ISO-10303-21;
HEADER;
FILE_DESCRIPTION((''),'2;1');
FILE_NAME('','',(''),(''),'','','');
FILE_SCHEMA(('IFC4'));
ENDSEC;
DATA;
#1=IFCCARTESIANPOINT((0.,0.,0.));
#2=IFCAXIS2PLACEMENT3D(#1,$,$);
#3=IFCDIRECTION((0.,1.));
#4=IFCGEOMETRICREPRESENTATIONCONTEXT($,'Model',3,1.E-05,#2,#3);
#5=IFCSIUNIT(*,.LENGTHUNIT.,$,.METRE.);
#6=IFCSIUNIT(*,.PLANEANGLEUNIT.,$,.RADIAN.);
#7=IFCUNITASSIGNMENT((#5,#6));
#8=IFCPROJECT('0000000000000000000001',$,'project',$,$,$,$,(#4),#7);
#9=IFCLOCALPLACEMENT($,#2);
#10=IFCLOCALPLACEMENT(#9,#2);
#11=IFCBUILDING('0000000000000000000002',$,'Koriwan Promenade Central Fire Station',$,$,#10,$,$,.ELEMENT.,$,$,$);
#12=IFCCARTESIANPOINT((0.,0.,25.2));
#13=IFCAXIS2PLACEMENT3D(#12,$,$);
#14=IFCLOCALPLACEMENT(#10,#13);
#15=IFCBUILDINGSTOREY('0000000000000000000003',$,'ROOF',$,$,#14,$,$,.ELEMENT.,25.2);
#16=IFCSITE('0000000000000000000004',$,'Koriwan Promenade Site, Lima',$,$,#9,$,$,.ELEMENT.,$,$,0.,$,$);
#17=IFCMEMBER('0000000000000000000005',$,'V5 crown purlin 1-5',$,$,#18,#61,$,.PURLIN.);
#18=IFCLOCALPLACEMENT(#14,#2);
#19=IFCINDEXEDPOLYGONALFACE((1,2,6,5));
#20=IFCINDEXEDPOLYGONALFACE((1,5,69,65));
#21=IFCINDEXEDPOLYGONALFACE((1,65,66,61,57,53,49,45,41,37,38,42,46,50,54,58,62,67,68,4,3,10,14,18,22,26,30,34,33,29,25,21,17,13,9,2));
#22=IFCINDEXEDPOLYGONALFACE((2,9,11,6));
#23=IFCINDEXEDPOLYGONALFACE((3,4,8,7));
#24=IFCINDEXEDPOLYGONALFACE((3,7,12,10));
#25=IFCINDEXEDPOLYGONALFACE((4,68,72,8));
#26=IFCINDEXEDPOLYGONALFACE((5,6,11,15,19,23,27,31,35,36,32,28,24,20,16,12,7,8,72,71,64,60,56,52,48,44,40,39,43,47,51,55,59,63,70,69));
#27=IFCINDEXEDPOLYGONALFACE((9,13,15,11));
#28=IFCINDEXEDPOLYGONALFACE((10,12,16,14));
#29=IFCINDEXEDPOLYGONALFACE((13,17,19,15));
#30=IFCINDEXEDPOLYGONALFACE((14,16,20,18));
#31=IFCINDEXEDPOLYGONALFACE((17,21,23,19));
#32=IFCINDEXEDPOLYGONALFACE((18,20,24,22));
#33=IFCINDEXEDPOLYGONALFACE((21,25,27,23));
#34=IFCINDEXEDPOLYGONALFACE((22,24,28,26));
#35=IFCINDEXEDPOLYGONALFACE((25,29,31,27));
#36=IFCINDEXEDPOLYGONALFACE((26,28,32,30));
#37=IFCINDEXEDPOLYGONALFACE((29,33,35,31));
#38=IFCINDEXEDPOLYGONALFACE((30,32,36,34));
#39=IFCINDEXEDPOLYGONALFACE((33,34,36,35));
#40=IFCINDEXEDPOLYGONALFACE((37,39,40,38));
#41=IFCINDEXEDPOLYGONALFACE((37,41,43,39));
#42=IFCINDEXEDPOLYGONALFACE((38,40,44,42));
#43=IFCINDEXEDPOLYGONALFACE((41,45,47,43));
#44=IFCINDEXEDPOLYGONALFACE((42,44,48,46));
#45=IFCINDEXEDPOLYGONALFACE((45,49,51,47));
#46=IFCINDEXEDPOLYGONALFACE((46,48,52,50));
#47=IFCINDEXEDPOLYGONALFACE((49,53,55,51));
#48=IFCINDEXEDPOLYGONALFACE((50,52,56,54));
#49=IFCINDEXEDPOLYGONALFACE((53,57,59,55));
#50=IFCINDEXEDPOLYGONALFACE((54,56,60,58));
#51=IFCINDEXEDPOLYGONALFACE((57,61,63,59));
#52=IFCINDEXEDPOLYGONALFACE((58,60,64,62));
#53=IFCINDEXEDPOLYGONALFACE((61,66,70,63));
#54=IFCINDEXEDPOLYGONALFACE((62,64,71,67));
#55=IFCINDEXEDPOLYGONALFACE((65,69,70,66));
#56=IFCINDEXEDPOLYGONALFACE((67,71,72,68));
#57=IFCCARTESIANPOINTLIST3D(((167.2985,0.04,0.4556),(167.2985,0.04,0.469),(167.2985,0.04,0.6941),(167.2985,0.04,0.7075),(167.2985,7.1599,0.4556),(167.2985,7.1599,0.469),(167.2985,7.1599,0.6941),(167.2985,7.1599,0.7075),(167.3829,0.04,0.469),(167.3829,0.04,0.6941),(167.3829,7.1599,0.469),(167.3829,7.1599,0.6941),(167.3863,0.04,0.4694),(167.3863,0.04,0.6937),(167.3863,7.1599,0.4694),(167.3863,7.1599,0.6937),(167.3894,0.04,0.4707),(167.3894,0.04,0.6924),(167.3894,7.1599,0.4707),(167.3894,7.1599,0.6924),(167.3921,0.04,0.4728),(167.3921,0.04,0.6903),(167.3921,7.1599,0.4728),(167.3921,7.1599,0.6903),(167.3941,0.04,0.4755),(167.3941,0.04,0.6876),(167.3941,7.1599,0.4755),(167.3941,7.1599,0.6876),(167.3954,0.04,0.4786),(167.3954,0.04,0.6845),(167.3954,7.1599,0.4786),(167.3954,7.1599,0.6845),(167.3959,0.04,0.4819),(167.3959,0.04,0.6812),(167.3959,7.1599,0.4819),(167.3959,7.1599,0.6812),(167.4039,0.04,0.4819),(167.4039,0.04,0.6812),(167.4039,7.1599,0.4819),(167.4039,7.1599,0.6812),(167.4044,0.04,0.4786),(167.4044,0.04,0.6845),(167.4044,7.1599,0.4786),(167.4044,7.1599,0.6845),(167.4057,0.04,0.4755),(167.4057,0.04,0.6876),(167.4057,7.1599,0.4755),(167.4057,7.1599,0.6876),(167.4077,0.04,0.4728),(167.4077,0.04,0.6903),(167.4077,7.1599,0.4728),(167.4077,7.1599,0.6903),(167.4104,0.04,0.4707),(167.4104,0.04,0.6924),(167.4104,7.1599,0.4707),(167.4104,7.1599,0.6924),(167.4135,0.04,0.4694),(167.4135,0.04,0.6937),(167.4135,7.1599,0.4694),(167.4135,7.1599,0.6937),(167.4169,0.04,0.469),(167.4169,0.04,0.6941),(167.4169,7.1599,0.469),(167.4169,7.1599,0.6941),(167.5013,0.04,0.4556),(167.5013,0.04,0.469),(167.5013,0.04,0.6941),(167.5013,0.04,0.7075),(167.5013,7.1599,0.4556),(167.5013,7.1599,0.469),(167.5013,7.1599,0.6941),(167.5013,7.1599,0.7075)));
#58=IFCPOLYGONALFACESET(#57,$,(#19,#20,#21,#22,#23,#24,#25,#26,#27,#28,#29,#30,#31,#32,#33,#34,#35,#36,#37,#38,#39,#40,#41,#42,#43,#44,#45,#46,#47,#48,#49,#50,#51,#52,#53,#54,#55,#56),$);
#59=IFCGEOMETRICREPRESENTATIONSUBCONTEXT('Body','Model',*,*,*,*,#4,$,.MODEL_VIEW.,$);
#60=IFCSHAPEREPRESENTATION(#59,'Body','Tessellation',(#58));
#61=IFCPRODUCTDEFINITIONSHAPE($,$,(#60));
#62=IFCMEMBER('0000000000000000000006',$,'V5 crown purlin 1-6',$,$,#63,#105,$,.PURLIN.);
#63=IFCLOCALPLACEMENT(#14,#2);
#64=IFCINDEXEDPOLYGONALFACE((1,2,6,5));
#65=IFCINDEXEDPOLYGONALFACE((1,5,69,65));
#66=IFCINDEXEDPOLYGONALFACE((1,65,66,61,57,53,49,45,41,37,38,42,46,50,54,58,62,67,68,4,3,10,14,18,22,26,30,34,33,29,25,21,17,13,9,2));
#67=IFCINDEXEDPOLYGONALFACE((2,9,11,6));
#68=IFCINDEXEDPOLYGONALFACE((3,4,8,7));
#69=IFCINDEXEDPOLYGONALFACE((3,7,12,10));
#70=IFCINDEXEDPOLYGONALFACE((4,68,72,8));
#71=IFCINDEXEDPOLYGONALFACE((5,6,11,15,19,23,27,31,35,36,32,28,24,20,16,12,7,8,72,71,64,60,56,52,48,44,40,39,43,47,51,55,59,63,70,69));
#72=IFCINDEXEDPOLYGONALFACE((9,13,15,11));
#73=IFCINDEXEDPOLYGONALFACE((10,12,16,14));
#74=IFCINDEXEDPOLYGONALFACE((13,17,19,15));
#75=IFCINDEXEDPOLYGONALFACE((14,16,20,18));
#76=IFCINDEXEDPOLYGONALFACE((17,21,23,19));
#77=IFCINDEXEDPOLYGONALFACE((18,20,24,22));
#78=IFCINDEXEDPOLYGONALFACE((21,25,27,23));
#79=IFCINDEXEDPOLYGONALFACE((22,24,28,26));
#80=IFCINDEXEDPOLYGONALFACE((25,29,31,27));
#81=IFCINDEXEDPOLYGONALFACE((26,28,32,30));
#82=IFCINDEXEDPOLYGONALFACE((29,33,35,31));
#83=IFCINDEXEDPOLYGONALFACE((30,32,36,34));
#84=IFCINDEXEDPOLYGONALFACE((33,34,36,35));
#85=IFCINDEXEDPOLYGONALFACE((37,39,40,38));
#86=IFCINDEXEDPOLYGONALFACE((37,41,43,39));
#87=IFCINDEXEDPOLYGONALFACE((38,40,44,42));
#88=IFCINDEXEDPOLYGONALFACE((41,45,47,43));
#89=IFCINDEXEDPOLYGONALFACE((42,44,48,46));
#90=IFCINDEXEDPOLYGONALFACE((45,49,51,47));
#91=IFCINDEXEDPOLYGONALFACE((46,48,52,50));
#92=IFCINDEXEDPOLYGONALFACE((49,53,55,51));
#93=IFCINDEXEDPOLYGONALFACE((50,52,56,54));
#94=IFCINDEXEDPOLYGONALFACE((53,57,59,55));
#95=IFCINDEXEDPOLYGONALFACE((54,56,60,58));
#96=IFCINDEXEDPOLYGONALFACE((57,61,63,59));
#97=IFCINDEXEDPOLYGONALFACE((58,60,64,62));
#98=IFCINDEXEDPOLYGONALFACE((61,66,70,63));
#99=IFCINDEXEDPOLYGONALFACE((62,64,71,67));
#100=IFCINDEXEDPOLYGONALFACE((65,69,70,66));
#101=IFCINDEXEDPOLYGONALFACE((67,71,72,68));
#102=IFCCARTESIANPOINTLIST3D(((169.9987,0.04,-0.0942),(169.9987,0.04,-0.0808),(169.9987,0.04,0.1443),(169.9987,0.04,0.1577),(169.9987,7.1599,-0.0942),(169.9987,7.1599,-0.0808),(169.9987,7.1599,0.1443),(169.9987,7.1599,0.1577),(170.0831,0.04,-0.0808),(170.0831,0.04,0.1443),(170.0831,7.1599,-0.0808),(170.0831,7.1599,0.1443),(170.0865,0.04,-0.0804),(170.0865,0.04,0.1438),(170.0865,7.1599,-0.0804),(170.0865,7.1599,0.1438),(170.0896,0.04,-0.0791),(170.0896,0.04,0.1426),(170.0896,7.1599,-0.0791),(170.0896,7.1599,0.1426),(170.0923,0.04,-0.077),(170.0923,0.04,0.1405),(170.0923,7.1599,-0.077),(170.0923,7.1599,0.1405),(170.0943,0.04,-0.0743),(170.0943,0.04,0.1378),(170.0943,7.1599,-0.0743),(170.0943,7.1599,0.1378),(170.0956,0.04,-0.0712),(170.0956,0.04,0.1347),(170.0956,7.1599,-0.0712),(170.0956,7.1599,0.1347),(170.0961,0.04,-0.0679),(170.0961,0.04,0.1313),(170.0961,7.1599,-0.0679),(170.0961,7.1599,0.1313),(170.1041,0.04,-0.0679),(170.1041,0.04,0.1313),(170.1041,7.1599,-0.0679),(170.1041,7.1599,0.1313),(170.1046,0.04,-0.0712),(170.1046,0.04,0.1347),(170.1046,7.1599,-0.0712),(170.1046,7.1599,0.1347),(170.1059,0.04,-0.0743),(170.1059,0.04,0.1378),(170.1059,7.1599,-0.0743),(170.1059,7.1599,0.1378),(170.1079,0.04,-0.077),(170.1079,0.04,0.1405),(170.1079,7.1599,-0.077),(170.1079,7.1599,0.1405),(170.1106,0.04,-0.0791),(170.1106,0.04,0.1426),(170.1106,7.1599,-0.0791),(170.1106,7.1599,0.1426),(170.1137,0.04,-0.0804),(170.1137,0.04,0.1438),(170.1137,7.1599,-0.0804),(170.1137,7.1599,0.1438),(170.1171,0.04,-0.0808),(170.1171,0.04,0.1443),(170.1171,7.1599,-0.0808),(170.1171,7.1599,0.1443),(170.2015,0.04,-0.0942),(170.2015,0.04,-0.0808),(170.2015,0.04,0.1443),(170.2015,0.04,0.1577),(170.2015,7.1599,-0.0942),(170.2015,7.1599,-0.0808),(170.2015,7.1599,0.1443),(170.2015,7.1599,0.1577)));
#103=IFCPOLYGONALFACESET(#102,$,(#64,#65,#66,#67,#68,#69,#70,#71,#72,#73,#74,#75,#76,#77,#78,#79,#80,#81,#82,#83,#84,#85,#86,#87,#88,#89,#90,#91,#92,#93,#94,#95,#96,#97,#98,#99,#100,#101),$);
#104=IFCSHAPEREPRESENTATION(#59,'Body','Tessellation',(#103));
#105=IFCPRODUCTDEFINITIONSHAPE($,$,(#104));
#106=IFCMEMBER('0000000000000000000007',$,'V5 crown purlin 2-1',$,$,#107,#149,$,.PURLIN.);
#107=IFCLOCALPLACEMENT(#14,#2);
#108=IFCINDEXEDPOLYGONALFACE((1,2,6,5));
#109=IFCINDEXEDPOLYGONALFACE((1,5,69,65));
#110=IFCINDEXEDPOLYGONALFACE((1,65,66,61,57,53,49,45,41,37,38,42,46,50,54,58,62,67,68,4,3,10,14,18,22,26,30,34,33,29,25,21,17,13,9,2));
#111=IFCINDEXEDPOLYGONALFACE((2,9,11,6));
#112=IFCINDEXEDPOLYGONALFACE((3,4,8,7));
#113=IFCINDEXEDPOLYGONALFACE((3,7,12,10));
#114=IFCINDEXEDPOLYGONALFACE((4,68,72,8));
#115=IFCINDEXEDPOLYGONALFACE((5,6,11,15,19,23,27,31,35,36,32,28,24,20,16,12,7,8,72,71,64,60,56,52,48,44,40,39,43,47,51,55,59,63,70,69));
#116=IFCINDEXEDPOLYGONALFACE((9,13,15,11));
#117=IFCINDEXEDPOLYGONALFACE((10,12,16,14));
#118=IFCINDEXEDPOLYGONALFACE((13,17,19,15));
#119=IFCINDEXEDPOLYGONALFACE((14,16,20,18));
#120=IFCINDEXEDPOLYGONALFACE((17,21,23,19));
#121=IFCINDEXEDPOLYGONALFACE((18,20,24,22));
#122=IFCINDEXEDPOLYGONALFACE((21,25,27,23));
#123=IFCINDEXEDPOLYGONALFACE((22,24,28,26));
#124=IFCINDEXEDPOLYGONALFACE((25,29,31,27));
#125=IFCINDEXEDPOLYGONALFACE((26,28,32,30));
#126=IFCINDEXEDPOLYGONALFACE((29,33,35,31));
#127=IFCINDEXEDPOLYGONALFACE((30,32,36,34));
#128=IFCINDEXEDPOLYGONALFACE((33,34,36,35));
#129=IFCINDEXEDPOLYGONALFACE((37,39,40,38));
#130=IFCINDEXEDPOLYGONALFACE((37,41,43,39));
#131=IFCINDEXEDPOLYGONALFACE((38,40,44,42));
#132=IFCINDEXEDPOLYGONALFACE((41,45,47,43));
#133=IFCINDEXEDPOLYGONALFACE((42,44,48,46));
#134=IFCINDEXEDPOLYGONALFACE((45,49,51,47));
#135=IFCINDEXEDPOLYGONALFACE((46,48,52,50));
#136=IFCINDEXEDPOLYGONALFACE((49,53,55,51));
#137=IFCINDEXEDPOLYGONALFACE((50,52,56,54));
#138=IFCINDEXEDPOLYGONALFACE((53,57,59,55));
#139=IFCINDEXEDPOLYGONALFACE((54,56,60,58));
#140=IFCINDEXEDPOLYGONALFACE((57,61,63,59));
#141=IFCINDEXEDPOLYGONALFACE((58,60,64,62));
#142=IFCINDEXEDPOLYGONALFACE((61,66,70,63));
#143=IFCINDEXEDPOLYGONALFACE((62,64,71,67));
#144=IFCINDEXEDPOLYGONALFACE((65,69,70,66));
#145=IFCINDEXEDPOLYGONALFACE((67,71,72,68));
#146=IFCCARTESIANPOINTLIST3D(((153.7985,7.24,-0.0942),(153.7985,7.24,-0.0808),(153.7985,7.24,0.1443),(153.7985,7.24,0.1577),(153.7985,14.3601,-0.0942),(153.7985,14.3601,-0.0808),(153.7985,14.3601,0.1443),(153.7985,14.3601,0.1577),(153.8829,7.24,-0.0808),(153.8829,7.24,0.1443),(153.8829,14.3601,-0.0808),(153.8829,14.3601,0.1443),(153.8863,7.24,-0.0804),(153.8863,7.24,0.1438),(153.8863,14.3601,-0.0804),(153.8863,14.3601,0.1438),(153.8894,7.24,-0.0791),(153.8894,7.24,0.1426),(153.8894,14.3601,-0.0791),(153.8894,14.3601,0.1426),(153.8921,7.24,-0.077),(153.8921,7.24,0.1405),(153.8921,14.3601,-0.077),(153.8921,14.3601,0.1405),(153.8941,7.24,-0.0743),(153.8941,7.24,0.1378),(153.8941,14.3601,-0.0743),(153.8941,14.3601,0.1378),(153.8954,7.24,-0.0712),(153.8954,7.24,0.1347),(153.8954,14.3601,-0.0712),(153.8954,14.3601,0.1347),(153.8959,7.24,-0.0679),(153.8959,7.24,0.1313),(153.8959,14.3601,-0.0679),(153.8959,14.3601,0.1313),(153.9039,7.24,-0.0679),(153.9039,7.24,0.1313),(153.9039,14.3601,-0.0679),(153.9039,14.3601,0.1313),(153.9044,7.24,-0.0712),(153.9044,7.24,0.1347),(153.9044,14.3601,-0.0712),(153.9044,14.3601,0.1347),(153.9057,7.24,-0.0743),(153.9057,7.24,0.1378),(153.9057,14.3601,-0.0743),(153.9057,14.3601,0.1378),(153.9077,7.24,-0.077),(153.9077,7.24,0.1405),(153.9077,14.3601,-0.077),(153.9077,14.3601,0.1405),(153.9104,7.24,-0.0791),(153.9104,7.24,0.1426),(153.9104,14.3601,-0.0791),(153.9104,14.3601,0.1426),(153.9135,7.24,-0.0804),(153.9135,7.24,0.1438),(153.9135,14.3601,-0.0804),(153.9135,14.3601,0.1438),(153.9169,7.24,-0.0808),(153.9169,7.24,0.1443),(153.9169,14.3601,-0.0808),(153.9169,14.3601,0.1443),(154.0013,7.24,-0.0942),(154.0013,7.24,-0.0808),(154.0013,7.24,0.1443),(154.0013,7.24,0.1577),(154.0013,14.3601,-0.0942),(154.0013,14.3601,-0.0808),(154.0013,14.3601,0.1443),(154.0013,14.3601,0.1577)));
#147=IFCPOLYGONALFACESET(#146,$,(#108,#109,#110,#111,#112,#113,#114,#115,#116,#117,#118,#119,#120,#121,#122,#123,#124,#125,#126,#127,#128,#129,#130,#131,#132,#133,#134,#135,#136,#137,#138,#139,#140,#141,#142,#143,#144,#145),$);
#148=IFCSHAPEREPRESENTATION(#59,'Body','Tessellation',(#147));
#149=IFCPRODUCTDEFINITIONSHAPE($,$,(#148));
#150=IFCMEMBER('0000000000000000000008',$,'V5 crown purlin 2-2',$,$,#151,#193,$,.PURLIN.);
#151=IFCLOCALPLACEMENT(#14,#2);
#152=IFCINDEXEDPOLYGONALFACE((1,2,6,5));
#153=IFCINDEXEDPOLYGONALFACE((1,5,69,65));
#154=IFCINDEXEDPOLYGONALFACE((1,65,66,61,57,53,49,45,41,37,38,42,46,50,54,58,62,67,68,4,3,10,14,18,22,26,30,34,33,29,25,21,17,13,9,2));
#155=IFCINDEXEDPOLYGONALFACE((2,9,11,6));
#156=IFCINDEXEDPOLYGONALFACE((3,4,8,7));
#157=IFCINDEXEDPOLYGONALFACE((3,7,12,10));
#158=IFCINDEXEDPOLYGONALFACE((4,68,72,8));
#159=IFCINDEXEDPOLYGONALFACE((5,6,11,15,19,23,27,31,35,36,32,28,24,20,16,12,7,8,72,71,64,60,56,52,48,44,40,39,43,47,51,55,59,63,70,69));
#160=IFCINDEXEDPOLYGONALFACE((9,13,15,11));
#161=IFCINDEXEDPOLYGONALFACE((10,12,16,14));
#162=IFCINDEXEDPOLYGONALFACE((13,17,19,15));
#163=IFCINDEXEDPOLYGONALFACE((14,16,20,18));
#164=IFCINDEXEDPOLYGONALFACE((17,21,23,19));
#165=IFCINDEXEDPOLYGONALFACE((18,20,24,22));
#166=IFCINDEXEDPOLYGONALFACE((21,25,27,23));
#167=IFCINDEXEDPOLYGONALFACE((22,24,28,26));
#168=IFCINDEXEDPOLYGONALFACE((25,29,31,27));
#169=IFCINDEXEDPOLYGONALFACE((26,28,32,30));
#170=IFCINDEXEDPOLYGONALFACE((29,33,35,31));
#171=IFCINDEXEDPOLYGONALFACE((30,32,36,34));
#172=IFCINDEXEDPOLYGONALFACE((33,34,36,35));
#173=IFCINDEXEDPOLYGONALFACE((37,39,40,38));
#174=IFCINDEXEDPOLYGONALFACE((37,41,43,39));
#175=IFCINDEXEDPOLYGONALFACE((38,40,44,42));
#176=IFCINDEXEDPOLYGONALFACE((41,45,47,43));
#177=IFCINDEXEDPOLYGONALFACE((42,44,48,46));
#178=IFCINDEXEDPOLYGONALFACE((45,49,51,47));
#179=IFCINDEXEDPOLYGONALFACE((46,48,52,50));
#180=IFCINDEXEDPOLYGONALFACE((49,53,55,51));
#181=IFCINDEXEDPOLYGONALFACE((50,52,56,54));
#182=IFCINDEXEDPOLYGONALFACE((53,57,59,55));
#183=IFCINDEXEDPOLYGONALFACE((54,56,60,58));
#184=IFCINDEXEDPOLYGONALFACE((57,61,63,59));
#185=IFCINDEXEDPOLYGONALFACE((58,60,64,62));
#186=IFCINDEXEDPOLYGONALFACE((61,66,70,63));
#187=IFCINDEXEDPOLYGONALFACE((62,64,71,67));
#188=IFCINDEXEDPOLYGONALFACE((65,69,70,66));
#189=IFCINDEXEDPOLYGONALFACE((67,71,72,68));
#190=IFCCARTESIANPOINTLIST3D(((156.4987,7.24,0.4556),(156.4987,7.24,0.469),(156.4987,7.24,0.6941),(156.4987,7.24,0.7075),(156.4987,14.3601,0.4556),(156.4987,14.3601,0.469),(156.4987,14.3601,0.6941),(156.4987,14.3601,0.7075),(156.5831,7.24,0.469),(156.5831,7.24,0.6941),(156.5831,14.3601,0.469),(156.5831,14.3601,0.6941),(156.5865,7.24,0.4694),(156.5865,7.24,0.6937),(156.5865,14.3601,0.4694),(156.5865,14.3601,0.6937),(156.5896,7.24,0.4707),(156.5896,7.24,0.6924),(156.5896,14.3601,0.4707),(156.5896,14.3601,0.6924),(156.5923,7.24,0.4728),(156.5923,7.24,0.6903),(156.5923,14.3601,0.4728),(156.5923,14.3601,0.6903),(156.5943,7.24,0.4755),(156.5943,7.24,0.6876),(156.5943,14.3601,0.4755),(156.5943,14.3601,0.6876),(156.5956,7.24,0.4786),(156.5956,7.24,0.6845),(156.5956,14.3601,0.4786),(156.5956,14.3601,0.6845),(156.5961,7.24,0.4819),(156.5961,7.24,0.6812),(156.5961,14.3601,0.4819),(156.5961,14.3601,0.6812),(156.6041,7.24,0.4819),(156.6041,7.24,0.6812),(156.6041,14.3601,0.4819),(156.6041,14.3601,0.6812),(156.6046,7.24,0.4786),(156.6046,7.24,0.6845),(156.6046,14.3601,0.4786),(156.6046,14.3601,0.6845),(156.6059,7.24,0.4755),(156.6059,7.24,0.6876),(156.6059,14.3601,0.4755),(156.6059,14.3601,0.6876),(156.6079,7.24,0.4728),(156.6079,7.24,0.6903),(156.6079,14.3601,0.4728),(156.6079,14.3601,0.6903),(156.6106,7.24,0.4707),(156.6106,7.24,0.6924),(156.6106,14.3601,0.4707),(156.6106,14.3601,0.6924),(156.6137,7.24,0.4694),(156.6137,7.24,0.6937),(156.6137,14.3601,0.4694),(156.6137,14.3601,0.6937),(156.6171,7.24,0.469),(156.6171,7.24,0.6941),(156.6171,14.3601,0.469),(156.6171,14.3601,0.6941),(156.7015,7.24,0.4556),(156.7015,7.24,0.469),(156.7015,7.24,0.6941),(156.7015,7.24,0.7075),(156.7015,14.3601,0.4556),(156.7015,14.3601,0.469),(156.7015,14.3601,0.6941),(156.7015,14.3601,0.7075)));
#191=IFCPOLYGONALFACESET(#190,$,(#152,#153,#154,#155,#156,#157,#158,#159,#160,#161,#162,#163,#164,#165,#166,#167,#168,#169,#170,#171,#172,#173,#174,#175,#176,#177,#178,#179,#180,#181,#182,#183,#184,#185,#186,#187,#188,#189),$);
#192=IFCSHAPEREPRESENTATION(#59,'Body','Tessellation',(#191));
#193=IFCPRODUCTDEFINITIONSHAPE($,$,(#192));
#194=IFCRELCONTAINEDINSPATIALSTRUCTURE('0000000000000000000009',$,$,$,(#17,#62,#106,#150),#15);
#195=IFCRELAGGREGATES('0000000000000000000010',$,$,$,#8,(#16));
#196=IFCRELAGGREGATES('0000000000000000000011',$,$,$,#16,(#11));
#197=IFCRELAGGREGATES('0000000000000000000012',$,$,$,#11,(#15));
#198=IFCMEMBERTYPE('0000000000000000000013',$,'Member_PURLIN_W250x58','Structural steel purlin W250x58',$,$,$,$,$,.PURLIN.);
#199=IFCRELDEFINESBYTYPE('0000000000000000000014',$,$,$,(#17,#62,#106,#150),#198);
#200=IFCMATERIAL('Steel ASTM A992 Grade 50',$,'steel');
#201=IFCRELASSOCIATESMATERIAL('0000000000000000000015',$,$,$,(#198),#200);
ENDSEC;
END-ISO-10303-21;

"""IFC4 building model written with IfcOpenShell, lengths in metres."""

from ifc_helpers import new_model, si_unit, direction, frame, origin, origin_2d, place, context, subcontext, project, spatial, i_section, extrude, material, material_profile, profile_set, type_object, element, save


model = new_model("IFC4")

# Units and contexts
model_context = context("Model", 3, precision=1e-05, world=origin(), true_north=direction((0.0, 1.0)))
body_context = subcontext(model_context, "Body", "Model", "MODEL_VIEW")
ifc_project = project(units=[si_unit("LENGTHUNIT", "METRE"), si_unit("PLANEANGLEUNIT", "RADIAN")], contexts=[model_context])

# Site, building, storey
site_placement = place(None, origin())
site = spatial("IfcSite", under=ifc_project, at=site_placement, Name="Koriwan Promenade Site, Lima", CompositionType="ELEMENT", RefElevation=0.0)
building_placement = place(site_placement, origin())
building = spatial("IfcBuilding", under=site, at=building_placement, Name="Koriwan Promenade Central Fire Station", CompositionType="ELEMENT")
storey_placement = place(building_placement, frame((0.0, 0.0, 25.2)))
storey = spatial("IfcBuildingStorey", under=building, at=storey_placement, Name="ROOF", CompositionType="ELEMENT", Elevation=25.2)

# Members
ifc_material_1 = material(Name="Steel ASTM A992 Grade 50", Category="steel")
ifc_material_profile_1 = material_profile(ifc_material_1, i_section(OverallWidth=0.2029, OverallDepth=0.252, WebThickness=0.0081, FlangeThickness=0.0134, FilletRadius=0.0129, at=origin_2d()), Name="W250x58")
ifc_profile_set_1 = profile_set([ifc_material_profile_1], Name="Steel ASTM A992 Grade 50")
member_type_1 = type_object("IfcMemberType", Name="Member_PURLIN_W250x58", Description="Structural steel purlin W250x58", PredefinedType="PURLIN", material=ifc_profile_set_1)
for number, where, z_axis, x_axis, name in (
    (1, (167.3999, 0.04, 0.5815), (0.0, 1.0, 0.0), (-1.0, 0.0, 0.0), "V5 crown purlin 1-5"),
    (2, (170.1001, 0.04, 0.0317), (0.0, 1.0, 0.0), (-1.0, 0.0, 0.0), "V5 crown purlin 1-6"),
):
    element("IfcMember", number, at=place(storey_placement, frame(where, z_axis=z_axis, x_axis=x_axis)), inside=storey, type_object=member_type_1, Name=name, PredefinedType="PURLIN", context=body_context, shape_type="SweptSolid", body=[
        extrude(i_section(OverallWidth=0.2029, OverallDepth=0.252, WebThickness=0.0081, FlangeThickness=0.0134, FilletRadius=0.0129, at=origin_2d()), origin(), (0.0, 0.0, 1.0), 7.1199),
    ])
for number, where, z_axis, x_axis, name in (
    (3, (153.8999, 7.24, 0.0317), (0.0, 1.0, 0.0), (-1.0, 0.0, 0.0), "V5 crown purlin 2-1"),
    (4, (156.6001, 7.24, 0.5815), (0.0, 1.0, 0.0), (-1.0, 0.0, 0.0), "V5 crown purlin 2-2"),
):
    element("IfcMember", number, at=place(storey_placement, frame(where, z_axis=z_axis, x_axis=x_axis)), inside=storey, type_object=member_type_1, Name=name, PredefinedType="PURLIN", context=body_context, shape_type="SweptSolid", body=[
        extrude(i_section(OverallWidth=0.2029, OverallDepth=0.252, WebThickness=0.0081, FlangeThickness=0.0134, FilletRadius=0.0129, at=origin_2d()), origin(), (0.0, 0.0, 1.0), 7.1201),
    ])

save(model, "model.ifc")
